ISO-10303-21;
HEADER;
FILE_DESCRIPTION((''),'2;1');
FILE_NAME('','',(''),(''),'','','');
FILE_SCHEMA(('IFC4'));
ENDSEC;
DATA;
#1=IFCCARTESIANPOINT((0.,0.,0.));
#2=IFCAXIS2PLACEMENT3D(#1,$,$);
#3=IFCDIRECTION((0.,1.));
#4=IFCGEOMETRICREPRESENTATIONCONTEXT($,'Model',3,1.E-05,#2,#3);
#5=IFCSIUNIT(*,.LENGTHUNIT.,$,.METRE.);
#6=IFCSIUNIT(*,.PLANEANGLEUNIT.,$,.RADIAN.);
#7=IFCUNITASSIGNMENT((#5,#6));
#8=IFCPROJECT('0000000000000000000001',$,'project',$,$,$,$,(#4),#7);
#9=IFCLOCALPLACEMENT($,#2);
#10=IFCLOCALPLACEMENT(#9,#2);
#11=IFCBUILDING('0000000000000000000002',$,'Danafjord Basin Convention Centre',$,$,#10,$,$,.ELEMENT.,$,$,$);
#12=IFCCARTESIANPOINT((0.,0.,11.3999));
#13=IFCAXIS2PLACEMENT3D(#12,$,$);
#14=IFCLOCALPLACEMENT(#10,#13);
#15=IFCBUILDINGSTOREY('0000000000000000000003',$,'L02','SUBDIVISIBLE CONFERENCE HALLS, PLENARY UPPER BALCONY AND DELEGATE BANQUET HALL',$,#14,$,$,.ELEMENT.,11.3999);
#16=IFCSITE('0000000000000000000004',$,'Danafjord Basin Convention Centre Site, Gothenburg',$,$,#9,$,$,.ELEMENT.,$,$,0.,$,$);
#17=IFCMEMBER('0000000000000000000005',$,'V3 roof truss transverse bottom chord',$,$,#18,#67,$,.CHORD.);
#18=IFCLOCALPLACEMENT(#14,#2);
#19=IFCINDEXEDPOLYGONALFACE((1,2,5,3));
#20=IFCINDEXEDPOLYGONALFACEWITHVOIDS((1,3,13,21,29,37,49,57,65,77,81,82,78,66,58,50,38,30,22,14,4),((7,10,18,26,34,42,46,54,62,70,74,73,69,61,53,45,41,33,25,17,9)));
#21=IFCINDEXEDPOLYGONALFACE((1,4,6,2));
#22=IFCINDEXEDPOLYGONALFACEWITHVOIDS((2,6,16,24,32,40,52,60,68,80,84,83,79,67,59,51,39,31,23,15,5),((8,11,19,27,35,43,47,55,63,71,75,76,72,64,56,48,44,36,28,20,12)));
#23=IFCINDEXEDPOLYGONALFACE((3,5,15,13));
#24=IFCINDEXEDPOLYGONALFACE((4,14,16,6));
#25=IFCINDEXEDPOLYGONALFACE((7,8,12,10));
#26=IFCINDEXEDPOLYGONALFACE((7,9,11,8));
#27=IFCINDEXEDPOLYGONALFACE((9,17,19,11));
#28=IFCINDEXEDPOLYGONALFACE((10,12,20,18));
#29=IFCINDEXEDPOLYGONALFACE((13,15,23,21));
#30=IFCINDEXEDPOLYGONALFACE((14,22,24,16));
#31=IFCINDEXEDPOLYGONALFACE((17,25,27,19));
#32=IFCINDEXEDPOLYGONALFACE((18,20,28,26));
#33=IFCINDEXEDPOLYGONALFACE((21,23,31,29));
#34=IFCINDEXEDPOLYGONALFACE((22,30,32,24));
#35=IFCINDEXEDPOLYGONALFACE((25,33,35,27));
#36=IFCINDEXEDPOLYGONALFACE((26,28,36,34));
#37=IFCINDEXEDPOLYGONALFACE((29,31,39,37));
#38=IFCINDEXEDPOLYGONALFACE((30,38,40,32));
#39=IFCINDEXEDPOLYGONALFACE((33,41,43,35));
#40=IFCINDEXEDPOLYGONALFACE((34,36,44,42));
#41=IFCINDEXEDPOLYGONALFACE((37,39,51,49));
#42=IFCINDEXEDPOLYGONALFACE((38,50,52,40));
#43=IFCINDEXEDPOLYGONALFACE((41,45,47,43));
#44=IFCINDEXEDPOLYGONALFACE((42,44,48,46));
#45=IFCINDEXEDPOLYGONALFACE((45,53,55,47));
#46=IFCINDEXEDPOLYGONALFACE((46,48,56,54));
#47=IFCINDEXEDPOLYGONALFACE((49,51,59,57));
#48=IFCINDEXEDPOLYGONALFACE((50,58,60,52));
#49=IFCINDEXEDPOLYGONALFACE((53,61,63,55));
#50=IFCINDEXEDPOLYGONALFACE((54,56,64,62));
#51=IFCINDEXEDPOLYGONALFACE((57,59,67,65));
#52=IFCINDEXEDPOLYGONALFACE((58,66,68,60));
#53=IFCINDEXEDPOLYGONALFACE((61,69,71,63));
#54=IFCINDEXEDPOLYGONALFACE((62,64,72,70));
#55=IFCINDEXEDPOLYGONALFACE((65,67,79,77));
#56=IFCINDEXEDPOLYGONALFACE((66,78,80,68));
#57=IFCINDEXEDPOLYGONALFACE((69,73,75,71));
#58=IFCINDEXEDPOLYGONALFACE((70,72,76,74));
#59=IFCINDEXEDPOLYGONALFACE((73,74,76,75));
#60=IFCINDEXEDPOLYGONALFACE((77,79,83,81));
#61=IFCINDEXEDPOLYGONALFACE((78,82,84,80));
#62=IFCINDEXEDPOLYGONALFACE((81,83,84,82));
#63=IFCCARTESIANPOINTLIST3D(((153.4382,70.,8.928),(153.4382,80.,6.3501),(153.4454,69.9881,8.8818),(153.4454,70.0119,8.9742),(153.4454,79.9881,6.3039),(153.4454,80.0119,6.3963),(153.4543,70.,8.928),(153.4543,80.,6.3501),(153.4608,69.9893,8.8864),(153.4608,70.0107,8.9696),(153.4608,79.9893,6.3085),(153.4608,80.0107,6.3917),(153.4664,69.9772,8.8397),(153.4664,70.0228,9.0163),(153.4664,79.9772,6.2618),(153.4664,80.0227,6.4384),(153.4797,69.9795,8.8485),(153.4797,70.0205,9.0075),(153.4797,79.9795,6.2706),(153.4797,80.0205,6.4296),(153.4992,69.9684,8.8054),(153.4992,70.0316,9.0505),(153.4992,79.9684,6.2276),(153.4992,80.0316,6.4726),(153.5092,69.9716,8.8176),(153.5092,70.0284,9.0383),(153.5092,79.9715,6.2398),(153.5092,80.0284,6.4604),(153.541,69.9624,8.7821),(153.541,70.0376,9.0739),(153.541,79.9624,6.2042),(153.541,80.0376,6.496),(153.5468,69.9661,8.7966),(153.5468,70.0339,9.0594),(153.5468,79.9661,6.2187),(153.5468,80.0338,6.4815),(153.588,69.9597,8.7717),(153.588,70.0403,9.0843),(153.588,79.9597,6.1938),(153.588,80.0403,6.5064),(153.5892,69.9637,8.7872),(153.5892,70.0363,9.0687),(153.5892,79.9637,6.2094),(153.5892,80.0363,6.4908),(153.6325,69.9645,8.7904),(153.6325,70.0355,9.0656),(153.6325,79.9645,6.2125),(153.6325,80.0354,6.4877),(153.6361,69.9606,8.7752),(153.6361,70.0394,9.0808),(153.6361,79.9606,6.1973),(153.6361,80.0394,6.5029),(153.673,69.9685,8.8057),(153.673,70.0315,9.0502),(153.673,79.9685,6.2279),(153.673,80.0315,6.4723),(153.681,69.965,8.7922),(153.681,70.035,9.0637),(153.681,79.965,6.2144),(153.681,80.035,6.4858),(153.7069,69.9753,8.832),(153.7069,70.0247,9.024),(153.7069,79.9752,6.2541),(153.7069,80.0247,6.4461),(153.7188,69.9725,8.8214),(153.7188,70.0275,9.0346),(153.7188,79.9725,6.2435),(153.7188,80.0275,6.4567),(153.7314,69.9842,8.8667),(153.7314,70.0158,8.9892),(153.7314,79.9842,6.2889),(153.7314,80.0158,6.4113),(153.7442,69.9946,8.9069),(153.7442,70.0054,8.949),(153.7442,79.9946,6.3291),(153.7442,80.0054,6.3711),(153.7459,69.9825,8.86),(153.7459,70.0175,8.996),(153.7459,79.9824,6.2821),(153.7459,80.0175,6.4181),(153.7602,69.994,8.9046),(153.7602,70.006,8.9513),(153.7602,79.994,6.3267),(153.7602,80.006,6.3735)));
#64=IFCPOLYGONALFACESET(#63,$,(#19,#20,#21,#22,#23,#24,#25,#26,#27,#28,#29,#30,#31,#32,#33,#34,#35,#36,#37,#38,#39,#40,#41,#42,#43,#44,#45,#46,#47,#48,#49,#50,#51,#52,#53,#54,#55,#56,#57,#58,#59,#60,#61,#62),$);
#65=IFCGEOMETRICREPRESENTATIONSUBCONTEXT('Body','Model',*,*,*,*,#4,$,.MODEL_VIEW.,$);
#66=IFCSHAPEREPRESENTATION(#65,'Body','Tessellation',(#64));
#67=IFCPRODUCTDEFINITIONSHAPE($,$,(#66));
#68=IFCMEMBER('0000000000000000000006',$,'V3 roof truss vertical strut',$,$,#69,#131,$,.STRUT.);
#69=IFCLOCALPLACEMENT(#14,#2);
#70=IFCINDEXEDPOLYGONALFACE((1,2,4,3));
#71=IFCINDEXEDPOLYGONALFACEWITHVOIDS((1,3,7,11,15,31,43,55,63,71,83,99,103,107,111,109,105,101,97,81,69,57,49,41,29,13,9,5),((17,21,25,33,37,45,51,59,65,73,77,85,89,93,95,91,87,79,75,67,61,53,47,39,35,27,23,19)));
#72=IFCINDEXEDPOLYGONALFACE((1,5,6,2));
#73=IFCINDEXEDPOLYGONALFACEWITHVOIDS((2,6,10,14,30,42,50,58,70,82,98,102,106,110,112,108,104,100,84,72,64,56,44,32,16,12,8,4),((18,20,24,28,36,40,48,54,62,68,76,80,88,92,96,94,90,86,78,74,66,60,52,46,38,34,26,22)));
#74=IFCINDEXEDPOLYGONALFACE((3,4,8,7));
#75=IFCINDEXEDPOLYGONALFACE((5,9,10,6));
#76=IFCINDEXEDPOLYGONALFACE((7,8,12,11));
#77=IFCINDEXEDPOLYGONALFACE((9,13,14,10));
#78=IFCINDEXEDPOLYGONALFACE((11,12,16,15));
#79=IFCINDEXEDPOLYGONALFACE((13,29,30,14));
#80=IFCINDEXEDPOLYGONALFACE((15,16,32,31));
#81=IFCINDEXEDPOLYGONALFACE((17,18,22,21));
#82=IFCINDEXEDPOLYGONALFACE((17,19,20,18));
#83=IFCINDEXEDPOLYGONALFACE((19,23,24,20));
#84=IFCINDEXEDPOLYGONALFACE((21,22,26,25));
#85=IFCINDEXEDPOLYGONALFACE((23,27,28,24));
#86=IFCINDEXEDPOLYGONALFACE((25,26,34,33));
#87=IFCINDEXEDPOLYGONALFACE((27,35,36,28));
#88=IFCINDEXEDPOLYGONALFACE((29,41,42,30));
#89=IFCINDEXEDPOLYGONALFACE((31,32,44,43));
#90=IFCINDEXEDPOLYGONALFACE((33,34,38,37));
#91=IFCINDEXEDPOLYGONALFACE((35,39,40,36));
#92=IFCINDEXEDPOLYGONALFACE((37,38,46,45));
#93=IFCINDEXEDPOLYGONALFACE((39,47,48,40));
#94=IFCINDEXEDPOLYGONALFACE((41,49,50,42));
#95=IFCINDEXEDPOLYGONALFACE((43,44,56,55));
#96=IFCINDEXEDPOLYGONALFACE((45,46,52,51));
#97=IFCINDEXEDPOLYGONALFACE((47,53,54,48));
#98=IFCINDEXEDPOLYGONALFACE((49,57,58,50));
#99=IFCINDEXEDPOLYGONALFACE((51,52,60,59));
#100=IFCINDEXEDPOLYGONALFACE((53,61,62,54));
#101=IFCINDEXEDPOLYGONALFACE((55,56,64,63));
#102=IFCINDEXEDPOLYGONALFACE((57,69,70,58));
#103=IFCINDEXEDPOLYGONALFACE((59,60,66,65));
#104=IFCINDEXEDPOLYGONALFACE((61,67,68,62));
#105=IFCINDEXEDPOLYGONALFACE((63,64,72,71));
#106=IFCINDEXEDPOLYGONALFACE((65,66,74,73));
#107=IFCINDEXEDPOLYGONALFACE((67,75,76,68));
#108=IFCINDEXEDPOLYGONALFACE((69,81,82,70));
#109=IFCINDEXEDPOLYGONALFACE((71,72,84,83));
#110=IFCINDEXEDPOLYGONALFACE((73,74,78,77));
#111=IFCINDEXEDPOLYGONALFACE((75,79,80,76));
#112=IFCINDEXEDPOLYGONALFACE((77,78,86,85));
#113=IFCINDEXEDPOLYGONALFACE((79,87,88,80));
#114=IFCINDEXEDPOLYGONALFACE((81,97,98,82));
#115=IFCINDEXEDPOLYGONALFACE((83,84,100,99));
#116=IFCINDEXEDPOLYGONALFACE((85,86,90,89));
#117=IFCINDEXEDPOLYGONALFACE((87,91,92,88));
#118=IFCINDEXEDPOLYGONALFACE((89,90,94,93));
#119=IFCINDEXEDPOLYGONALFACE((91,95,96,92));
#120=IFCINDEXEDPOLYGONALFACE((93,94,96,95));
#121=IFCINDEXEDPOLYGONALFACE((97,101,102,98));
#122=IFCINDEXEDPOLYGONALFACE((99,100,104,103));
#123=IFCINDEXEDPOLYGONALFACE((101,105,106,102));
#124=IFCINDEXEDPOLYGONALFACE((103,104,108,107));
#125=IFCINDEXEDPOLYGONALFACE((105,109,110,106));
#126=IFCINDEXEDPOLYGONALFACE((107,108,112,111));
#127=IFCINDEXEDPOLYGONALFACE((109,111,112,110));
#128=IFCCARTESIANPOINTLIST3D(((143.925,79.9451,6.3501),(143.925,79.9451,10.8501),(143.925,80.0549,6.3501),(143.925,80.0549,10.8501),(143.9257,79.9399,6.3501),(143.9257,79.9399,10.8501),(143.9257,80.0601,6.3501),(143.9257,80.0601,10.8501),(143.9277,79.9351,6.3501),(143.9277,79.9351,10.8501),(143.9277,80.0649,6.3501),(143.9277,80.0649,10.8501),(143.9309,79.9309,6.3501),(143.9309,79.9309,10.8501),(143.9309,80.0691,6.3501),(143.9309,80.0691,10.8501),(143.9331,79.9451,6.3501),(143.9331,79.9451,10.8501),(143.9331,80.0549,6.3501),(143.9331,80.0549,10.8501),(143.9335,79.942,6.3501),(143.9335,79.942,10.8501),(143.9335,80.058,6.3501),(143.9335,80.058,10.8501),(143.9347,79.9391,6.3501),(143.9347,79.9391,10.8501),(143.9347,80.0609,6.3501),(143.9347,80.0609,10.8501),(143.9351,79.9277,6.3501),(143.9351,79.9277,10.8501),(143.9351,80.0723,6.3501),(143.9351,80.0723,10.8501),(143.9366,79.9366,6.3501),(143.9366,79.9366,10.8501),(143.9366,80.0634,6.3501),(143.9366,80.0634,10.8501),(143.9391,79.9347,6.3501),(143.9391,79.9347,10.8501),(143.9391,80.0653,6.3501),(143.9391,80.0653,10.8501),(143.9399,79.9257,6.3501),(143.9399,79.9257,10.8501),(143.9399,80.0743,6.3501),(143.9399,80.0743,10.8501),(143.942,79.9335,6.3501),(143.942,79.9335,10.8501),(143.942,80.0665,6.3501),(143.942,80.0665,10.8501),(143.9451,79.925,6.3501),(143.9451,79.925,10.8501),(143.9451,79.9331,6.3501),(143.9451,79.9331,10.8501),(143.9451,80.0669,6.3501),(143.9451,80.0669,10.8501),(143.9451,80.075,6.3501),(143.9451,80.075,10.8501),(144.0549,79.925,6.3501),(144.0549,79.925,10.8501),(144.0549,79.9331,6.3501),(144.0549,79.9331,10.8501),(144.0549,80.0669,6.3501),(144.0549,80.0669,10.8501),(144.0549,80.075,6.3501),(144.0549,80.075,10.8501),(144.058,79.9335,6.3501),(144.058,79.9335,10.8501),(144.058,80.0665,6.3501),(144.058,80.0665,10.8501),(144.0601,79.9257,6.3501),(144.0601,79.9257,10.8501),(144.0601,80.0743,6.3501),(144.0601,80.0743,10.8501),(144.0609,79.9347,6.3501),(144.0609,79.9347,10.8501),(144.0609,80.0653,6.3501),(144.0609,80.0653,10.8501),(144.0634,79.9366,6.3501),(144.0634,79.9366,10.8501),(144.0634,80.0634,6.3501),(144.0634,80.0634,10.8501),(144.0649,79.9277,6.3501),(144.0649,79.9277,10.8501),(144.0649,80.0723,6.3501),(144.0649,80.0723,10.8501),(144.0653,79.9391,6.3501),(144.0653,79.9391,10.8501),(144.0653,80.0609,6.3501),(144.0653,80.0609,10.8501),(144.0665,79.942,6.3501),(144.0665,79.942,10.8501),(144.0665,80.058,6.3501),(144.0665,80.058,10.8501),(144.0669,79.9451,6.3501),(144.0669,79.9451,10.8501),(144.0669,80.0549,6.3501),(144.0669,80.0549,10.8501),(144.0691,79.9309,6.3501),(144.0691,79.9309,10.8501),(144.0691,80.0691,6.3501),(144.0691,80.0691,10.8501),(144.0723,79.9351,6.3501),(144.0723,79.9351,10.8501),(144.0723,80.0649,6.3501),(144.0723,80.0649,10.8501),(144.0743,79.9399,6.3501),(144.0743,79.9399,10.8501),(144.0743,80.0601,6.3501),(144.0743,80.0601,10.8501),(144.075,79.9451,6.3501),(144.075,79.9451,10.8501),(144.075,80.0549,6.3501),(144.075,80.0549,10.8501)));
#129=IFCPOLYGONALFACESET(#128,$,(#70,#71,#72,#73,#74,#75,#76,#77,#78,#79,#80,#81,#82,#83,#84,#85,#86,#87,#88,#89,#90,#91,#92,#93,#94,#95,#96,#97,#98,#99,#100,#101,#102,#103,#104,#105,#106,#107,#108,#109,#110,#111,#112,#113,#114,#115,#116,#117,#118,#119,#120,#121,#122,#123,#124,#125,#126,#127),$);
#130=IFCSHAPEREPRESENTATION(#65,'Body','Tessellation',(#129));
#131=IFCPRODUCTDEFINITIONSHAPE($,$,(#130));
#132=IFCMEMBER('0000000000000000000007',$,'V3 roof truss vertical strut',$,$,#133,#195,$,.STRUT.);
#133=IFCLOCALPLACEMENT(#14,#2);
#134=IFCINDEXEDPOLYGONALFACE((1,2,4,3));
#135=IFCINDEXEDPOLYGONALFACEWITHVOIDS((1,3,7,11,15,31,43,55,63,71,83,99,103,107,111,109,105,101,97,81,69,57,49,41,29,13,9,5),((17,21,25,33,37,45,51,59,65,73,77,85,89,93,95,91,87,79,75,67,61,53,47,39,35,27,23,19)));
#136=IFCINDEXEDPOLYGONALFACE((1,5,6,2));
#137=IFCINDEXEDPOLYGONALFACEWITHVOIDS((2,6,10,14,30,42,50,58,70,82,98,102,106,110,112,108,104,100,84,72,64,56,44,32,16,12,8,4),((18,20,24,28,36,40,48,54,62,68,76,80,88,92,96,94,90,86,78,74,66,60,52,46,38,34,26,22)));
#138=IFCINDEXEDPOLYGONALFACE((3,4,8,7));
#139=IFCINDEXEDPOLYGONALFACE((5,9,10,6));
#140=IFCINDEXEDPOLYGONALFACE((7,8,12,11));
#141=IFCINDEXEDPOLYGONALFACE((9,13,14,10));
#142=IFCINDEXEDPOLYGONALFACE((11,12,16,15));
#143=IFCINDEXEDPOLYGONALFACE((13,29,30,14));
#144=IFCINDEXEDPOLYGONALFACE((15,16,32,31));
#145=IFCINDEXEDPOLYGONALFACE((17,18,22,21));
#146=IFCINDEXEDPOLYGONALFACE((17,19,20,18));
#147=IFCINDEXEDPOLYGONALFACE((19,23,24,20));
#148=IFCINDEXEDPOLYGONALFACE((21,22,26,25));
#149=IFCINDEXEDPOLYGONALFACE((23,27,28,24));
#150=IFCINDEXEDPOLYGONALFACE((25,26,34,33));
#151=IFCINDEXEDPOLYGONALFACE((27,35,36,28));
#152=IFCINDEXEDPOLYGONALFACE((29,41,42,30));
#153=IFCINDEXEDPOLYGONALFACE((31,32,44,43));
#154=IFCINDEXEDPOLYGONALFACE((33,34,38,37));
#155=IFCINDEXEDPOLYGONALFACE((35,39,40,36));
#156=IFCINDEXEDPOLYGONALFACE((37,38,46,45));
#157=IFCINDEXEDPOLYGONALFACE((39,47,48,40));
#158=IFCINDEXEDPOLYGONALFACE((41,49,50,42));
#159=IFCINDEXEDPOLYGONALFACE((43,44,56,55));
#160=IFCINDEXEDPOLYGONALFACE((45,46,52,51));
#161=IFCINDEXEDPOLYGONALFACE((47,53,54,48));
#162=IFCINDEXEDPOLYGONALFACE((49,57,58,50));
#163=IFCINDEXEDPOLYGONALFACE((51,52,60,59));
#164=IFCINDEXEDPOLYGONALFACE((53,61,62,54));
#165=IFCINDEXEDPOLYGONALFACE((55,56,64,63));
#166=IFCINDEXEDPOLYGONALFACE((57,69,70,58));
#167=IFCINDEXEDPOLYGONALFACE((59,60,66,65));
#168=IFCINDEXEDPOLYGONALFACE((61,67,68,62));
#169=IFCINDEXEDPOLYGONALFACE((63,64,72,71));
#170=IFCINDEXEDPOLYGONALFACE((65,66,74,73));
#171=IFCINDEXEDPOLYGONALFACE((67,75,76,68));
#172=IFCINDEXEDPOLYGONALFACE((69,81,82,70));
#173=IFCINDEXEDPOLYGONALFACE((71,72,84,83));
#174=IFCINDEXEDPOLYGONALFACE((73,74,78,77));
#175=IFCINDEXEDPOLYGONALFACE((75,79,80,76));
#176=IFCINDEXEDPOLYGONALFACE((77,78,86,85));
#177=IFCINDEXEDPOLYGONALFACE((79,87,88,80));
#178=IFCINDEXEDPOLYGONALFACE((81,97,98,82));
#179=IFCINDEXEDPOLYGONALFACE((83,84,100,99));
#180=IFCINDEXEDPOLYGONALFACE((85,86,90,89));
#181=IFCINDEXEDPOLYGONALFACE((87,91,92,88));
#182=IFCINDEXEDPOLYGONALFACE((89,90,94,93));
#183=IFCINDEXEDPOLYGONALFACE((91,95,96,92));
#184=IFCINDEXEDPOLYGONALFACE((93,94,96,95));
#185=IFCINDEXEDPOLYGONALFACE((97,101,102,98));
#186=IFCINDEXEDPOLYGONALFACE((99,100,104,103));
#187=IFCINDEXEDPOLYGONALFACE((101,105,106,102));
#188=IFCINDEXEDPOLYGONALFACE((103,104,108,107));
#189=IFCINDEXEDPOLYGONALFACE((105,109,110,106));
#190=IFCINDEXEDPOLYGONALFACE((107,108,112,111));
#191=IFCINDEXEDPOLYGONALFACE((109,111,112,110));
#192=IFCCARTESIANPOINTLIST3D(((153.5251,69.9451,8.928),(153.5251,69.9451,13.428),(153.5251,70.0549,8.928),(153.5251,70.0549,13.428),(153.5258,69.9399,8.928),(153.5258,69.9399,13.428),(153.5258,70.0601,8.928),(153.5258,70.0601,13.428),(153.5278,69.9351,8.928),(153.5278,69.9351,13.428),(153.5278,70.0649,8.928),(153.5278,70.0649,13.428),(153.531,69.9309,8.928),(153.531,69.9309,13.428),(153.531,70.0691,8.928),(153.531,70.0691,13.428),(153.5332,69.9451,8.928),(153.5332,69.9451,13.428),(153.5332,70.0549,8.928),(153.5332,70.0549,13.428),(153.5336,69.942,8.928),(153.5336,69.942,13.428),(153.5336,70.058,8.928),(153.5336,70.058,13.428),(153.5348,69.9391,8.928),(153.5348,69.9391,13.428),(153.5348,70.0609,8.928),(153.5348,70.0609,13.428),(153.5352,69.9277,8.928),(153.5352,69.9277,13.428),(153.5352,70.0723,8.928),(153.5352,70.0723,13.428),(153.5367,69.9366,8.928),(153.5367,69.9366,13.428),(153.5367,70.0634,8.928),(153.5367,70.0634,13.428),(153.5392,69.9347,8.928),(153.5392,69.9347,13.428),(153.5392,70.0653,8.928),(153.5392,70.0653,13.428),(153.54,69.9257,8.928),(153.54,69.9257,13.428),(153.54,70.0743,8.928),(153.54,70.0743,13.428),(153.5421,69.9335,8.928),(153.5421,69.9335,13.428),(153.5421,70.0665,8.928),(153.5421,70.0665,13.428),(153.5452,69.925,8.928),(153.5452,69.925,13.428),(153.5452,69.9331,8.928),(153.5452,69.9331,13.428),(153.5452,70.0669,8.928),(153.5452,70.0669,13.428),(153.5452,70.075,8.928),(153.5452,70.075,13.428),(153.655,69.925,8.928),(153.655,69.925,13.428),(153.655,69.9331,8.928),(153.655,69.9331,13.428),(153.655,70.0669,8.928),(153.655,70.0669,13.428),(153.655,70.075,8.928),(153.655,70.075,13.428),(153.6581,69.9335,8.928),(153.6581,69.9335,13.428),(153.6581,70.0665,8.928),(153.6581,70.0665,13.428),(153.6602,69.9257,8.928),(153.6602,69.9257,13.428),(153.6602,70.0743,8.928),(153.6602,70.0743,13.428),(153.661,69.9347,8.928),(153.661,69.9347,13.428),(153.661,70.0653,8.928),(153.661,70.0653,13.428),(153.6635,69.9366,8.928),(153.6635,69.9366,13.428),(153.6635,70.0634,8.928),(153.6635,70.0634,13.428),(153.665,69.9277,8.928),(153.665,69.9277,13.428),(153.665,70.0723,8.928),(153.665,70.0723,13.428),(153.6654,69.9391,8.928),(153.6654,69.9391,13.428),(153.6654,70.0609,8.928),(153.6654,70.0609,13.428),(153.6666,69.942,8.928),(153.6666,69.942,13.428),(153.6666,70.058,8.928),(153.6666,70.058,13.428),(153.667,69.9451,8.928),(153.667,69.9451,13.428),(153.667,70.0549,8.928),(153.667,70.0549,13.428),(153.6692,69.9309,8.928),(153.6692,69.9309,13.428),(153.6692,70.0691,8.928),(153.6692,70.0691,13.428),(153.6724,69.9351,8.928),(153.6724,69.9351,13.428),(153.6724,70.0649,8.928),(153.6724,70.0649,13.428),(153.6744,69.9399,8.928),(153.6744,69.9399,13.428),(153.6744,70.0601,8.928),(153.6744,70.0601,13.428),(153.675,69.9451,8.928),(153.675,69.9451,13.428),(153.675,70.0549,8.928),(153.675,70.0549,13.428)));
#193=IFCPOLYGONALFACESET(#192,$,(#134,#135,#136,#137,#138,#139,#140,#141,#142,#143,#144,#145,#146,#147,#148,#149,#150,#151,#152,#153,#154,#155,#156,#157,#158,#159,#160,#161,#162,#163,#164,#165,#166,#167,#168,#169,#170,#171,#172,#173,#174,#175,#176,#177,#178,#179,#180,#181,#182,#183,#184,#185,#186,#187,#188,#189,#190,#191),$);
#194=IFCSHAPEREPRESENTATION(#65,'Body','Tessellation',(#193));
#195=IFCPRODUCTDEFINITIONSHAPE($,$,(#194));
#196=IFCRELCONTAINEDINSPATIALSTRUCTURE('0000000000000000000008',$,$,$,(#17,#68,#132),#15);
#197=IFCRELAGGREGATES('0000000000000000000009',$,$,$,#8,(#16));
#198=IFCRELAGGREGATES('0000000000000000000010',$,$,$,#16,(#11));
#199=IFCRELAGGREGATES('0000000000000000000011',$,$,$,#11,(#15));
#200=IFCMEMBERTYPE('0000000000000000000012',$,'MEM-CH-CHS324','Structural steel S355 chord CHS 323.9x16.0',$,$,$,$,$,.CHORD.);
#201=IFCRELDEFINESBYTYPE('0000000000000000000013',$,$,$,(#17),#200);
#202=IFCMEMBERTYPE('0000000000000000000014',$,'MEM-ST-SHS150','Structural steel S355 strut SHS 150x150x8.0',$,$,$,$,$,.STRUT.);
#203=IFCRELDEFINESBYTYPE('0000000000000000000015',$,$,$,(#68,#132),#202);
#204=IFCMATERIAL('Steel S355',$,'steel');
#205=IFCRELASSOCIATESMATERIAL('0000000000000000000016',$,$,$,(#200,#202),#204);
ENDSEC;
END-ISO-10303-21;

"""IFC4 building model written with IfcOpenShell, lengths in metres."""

from ifc_helpers import new_model, si_unit, direction, frame, origin, origin_2d, place, context, subcontext, project, spatial, hollow_rectangle, hollow_circle, extrude, material, material_profile, profile_set, type_object, element, save


model = new_model("IFC4")

# Units and contexts
model_context = context("Model", 3, precision=1e-05, world=origin(), true_north=direction((0.0, 1.0)))
body_context = subcontext(model_context, "Body", "Model", "MODEL_VIEW")
ifc_project = project(units=[si_unit("LENGTHUNIT", "METRE"), si_unit("PLANEANGLEUNIT", "RADIAN")], contexts=[model_context])

# Site, building, storey
site_placement = place(None, origin())
site = spatial("IfcSite", under=ifc_project, at=site_placement, Name="Danafjord Basin Convention Centre Site, Gothenburg", CompositionType="ELEMENT", RefElevation=0.0)
building_placement = place(site_placement, origin())
building = spatial("IfcBuilding", under=site, at=building_placement, Name="Danafjord Basin Convention Centre", CompositionType="ELEMENT")
storey_placement = place(building_placement, frame((0.0, 0.0, 11.3999)))
storey = spatial("IfcBuildingStorey", under=building, at=storey_placement, Name="L02", Description="SUBDIVISIBLE CONFERENCE HALLS, PLENARY UPPER BALCONY AND DELEGATE BANQUET HALL", CompositionType="ELEMENT", Elevation=11.3999)

# Shared definitions
ifc_material = material(Name="Steel S355", Category="steel")

# Members
ifc_material_profile_1 = material_profile(ifc_material, hollow_circle(Radius=0.1619, WallThickness=0.0161, at=origin_2d()), Name="CHS 323.9x16.0")
ifc_profile_set_1 = profile_set([ifc_material_profile_1], Name="Steel S355")
member_type_1 = type_object("IfcMemberType", Name="MEM-CH-CHS324", Description="Structural steel S355 chord CHS 323.9x16.0", PredefinedType="CHORD", material=ifc_profile_set_1)
member_1_placement = place(storey_placement, frame((153.6001, 70.0, 8.928), z_axis=(0.0, 0.968342, -0.249627), x_axis=(-1.0, 0.0, 0.0)))
element("IfcMember", 1, at=member_1_placement, inside=storey, type_object=member_type_1, Name="V3 roof truss transverse bottom chord", PredefinedType="CHORD", context=body_context, shape_type="SweptSolid", body=[
    extrude(hollow_circle(Radius=0.1619, WallThickness=0.0161, at=origin_2d()), origin(), (0.0, 0.0, 1.0), 10.3269),
])
ifc_material_profile_2 = material_profile(ifc_material, hollow_rectangle(XDim=0.1499, YDim=0.1499, WallThickness=0.0081, InnerFilletRadius=0.012, OuterFilletRadius=0.02, at=origin_2d()), Name="SHS 150x150x8.0")
ifc_profile_set_2 = profile_set([ifc_material_profile_2], Name="Steel S355")
member_type_2 = type_object("IfcMemberType", Name="MEM-ST-SHS150", Description="Structural steel S355 strut SHS 150x150x8.0", PredefinedType="STRUT", material=ifc_profile_set_2)
for number, where, z_axis, x_axis, name in (
    (2, (144.0, 80.0, 6.3501), (0.0, 0.0, 1.0), (1.0, 0.0, 0.0), "V3 roof truss vertical strut"),
    (3, (153.6001, 70.0, 8.928), (0.0, 0.0, 1.0), (1.0, 0.0, 0.0), "V3 roof truss vertical strut"),
):
    element("IfcMember", number, at=place(storey_placement, frame(where, z_axis=z_axis, x_axis=x_axis)), inside=storey, type_object=member_type_2, Name=name, PredefinedType="STRUT", context=body_context, shape_type="SweptSolid", body=[
        extrude(hollow_rectangle(XDim=0.1499, YDim=0.1499, WallThickness=0.0081, InnerFilletRadius=0.012, OuterFilletRadius=0.02, at=origin_2d()), origin(), (0.0, 0.0, 1.0), 4.5),
    ])

save(model, "model.ifc")
